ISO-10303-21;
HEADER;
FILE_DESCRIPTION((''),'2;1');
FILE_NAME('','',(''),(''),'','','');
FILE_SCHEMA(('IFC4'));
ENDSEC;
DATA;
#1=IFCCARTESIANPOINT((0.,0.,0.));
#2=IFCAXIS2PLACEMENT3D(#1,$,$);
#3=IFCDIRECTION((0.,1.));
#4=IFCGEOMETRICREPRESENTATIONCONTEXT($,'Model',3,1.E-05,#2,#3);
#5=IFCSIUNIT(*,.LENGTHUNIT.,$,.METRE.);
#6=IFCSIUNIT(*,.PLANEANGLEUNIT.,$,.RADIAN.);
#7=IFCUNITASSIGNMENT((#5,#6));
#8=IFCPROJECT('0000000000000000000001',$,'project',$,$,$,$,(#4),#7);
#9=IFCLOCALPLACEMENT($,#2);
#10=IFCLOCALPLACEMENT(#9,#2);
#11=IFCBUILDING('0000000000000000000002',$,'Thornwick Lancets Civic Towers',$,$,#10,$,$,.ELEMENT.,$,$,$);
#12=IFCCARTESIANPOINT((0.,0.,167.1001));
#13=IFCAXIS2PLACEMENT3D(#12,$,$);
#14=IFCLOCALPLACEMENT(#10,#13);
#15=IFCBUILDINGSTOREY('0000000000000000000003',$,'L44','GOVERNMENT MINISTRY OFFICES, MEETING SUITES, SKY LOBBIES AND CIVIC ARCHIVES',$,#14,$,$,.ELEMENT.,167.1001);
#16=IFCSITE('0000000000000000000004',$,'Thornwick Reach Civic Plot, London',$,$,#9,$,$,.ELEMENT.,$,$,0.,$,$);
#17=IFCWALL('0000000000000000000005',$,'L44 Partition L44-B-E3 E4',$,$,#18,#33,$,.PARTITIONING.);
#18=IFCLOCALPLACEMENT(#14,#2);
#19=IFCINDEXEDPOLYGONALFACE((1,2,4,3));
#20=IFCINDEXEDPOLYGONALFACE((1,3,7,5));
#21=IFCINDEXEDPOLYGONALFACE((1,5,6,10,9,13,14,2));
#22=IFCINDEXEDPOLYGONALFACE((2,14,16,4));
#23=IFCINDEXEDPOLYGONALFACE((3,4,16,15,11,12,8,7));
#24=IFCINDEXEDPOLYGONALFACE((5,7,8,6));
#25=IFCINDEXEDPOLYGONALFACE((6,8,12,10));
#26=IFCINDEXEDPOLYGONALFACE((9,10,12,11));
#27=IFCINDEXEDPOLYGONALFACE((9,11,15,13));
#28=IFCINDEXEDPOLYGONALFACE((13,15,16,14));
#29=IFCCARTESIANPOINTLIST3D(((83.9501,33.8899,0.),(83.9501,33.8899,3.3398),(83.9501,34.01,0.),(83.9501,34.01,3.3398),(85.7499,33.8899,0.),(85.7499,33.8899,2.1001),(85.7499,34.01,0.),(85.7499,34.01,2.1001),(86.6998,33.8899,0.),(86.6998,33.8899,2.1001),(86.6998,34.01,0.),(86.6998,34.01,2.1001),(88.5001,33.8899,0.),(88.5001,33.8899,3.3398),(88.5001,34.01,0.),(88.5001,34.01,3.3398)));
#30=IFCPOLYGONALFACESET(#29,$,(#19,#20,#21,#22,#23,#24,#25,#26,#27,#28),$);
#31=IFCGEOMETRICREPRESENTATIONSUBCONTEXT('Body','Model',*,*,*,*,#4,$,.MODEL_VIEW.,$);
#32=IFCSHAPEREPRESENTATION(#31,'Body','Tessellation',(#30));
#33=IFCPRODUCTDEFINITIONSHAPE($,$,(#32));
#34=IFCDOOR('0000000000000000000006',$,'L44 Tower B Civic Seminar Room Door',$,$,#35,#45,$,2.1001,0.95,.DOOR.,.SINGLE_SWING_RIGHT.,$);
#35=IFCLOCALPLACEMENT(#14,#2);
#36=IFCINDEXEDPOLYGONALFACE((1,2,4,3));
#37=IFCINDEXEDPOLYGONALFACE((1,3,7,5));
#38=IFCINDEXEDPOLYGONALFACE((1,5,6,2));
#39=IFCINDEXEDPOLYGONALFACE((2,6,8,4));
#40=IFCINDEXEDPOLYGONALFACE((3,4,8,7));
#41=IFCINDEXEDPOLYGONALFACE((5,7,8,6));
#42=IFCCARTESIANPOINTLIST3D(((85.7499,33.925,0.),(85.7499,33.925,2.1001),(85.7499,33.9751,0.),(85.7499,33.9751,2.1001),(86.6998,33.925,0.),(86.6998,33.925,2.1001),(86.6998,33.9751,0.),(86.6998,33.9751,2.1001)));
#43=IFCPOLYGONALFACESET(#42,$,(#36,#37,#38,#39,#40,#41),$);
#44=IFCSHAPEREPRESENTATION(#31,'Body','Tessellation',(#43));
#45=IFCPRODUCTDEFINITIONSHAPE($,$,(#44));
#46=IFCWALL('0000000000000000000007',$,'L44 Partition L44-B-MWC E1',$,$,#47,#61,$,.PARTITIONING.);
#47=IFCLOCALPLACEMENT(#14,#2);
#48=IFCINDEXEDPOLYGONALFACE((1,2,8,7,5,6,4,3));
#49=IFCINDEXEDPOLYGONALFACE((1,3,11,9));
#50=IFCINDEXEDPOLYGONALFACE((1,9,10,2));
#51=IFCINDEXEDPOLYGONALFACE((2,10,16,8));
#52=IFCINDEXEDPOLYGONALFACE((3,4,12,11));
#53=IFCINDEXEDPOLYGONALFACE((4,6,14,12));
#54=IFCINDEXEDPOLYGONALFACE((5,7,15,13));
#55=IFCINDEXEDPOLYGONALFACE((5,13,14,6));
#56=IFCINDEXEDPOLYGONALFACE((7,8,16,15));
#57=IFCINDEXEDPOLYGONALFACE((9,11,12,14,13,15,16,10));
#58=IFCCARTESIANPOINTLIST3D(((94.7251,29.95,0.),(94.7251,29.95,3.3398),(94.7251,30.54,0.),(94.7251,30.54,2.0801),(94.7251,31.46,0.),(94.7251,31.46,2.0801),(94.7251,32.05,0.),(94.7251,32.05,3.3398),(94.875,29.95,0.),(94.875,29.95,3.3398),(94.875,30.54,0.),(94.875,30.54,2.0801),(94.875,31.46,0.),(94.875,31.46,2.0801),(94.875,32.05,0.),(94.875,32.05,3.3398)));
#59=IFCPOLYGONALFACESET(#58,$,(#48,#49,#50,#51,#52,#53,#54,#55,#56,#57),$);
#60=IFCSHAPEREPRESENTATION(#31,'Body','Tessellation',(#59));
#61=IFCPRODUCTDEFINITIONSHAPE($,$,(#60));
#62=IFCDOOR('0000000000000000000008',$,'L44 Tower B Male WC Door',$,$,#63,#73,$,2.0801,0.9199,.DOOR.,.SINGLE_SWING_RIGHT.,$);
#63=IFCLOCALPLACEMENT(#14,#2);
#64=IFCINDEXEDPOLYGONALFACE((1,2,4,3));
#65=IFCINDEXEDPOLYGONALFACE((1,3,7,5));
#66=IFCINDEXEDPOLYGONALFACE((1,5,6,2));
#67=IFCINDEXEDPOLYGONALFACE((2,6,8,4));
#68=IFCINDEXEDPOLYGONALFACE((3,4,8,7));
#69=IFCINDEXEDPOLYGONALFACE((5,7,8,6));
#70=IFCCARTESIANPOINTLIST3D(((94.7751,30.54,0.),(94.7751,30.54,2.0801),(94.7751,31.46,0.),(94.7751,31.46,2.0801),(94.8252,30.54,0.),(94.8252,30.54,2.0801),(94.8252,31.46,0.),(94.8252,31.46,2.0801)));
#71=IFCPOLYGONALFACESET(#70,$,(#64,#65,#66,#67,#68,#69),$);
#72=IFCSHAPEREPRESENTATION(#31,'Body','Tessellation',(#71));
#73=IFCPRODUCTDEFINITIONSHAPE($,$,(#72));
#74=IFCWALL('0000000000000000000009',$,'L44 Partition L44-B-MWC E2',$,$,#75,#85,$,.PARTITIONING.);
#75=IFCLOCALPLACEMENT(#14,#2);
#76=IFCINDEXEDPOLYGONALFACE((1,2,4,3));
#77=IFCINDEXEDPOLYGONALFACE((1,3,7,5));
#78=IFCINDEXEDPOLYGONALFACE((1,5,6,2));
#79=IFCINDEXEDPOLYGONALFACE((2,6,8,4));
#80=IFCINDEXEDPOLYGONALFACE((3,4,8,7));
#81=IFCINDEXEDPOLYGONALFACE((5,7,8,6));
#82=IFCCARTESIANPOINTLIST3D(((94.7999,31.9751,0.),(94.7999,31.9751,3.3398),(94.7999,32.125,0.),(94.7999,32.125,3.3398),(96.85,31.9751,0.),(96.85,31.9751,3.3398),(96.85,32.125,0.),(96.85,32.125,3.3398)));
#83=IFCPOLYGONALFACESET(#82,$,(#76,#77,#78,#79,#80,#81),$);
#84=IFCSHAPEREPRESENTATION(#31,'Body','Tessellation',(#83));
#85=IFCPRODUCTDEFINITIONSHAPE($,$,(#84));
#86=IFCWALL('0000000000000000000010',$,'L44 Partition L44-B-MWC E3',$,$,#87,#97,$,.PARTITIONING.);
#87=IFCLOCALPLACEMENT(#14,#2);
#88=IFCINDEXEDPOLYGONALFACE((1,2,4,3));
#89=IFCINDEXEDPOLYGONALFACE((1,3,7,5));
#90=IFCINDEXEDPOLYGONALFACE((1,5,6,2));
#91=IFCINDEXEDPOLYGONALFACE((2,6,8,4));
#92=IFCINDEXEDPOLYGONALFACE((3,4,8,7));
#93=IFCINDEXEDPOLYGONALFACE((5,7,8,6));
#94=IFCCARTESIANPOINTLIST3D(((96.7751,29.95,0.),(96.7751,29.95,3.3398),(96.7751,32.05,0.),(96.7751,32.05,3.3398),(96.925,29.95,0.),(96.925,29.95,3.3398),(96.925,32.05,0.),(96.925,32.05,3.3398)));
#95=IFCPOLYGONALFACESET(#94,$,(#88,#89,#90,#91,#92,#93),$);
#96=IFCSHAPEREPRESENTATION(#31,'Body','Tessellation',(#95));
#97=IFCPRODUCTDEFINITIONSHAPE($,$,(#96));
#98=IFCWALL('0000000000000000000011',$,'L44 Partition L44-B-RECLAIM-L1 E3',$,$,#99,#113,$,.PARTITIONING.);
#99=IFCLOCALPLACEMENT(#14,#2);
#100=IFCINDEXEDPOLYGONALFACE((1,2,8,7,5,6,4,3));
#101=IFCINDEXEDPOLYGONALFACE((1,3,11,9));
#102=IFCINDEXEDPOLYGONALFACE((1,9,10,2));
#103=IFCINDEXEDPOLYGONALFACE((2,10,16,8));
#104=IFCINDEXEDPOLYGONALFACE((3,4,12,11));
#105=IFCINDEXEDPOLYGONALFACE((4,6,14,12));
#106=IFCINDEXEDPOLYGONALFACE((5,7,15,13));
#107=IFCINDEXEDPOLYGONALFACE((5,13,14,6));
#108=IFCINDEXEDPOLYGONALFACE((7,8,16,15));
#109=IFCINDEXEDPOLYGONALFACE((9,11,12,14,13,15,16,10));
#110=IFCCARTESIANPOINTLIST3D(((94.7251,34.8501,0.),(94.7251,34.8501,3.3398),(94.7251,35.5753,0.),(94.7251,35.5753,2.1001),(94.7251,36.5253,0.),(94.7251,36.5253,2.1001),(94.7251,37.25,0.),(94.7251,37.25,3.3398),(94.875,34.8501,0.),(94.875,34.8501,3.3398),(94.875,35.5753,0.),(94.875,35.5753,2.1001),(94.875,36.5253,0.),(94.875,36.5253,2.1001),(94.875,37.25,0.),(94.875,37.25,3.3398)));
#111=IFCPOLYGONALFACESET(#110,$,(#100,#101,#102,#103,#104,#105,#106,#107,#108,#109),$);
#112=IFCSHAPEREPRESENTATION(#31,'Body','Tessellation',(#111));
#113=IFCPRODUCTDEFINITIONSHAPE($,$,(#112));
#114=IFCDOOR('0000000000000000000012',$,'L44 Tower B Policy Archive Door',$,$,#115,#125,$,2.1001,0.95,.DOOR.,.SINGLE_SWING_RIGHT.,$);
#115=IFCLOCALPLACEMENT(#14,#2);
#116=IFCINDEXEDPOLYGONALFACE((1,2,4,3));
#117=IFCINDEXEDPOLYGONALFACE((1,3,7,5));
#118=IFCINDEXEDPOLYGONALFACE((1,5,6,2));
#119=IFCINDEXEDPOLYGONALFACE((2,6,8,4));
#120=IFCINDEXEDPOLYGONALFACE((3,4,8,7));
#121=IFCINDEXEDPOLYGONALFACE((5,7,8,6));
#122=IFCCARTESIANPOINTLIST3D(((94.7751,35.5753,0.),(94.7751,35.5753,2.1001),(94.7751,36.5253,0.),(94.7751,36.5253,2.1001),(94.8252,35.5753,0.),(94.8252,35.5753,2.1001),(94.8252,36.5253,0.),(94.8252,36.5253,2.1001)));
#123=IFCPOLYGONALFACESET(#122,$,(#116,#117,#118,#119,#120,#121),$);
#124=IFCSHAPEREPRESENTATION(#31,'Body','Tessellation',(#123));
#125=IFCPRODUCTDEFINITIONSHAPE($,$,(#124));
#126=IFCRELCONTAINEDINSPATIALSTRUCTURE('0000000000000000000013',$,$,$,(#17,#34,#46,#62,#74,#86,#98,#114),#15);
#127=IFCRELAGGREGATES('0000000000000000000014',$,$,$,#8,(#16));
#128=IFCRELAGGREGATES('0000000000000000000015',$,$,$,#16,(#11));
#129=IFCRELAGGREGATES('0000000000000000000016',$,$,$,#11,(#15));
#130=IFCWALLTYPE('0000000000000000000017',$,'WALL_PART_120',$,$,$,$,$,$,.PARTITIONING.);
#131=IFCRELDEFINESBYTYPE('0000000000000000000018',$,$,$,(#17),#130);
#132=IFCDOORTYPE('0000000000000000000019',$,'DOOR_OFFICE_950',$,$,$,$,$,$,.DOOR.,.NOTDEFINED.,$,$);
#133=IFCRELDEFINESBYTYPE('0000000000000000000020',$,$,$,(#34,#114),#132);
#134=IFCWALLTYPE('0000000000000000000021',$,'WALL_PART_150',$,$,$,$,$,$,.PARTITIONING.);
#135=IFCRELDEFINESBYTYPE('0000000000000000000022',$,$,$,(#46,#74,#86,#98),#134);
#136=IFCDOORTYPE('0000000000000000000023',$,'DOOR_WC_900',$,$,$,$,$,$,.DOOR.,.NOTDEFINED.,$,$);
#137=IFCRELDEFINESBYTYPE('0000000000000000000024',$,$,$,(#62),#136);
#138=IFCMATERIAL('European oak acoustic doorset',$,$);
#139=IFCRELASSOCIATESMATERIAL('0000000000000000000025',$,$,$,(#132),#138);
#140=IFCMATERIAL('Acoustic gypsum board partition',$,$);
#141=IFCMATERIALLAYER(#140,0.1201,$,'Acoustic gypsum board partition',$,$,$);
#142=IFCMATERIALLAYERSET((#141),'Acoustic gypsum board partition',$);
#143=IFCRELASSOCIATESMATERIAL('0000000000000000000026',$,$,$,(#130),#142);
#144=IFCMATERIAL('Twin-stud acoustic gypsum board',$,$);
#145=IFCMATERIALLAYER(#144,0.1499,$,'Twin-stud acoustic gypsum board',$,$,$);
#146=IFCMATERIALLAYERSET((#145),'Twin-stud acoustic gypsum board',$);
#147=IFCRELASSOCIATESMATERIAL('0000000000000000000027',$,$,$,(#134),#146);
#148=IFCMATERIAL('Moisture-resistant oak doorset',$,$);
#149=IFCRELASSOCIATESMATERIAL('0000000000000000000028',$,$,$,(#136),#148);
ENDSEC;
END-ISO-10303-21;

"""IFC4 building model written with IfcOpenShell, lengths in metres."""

from ifc_helpers import new_model, si_unit, direction, frame, frame_2d, origin, place, context, subcontext, project, spatial, rectangle, extrude, material, layer, layer_set, type_object, element, fill, save


model = new_model("IFC4")

# Units and contexts
model_context = context("Model", 3, precision=1e-05, world=origin(), true_north=direction((0.0, 1.0)))
body_context = subcontext(model_context, "Body", "Model", "MODEL_VIEW")
ifc_project = project(units=[si_unit("LENGTHUNIT", "METRE"), si_unit("PLANEANGLEUNIT", "RADIAN")], contexts=[model_context])

# Site, building, storey
site_placement = place(None, origin())
site = spatial("IfcSite", under=ifc_project, at=site_placement, Name="Thornwick Reach Civic Plot, London", CompositionType="ELEMENT", RefElevation=0.0)
building_placement = place(site_placement, origin())
building = spatial("IfcBuilding", under=site, at=building_placement, Name="Thornwick Lancets Civic Towers", CompositionType="ELEMENT")
storey_placement = place(building_placement, frame((0.0, 0.0, 167.1001)))
storey = spatial("IfcBuildingStorey", under=building, at=storey_placement, Name="L44", Description="GOVERNMENT MINISTRY OFFICES, MEETING SUITES, SKY LOBBIES AND CIVIC ARCHIVES", CompositionType="ELEMENT", Elevation=167.1001)

# Shared definitions
ifc_material_1 = material(Name="European oak acoustic doorset")
door_type_1 = type_object("IfcDoorType", Name="DOOR_OFFICE_950", OperationType="NOTDEFINED", PredefinedType="DOOR", material=ifc_material_1)

# Shared definitions
ifc_material_2 = material(Name="Acoustic gypsum board partition")
ifc_layer_1 = layer(ifc_material_2, 0.1201, Name="Acoustic gypsum board partition")
ifc_layer_set_1 = layer_set([ifc_layer_1], Name="Acoustic gypsum board partition")
wall_type_1 = type_object("IfcWallType", Name="WALL_PART_120", PredefinedType="PARTITIONING", material=ifc_layer_set_1)

# Walls, openings, doors
wall_1_placement = place(storey_placement, frame((88.5, 33.95, 0.0), z_axis=(0.0, 0.0, 1.0), x_axis=(-1.0, 0.0, 0.0)))
wall_1 = element("IfcWall", 1, at=wall_1_placement, inside=storey, type_object=wall_type_1, Name="L44 Partition L44-B-E3 E4", PredefinedType="PARTITIONING", context=body_context, shape_type="SweptSolid", body=[
    extrude(rectangle(XDim=4.55, YDim=0.1201, at=frame_2d((2.2749, 0.0))), origin(), (0.0, 0.0, 1.0), 3.3398),
])
opening_1_placement = place(wall_1_placement, frame((1.8, 0.0, 0.0)))
opening_1 = element("IfcOpeningElement", 2, at=opening_1_placement, cuts=wall_1, PredefinedType="OPENING", context=body_context, shape_type="SweptSolid", body=[
    extrude(rectangle(XDim=0.95, YDim=2.1001, at=frame_2d((0.4751, 1.05))), frame((0.0, 0.0701, 0.0), z_axis=(0.0, -1.0, 0.0), x_axis=(1.0, 0.0, 0.0)), (0.0, 0.0, 1.0), 0.1401),
])
door_1_placement = place(opening_1_placement, origin())
door_1 = element("IfcDoor", 3, at=door_1_placement, inside=storey, type_object=door_type_1, Name="L44 Tower B Civic Seminar Room Door", OperationType="SINGLE_SWING_RIGHT", OverallHeight=2.1001, OverallWidth=0.95, PredefinedType="DOOR", context=body_context, shape_type="SweptSolid", body=[
    extrude(rectangle(XDim=0.95, YDim=2.1001, at=frame_2d((0.4751, 1.05))), frame((0.0, 0.0249, 0.0), z_axis=(0.0, -1.0, 0.0), x_axis=(1.0, 0.0, 0.0)), (0.0, 0.0, 1.0), 0.05),
])
fill(opening_1, door_1)
ifc_material_3 = material(Name="Twin-stud acoustic gypsum board")
ifc_layer_2 = layer(ifc_material_3, 0.1499, Name="Twin-stud acoustic gypsum board")
ifc_layer_set_2 = layer_set([ifc_layer_2], Name="Twin-stud acoustic gypsum board")
wall_type_2 = type_object("IfcWallType", Name="WALL_PART_150", PredefinedType="PARTITIONING", material=ifc_layer_set_2)
wall_2_placement = place(storey_placement, frame((94.8, 29.95, 0.0), z_axis=(0.0, 0.0, 1.0), x_axis=(0.0, 1.0, 0.0)))
wall_2 = element("IfcWall", 4, at=wall_2_placement, inside=storey, type_object=wall_type_2, Name="L44 Partition L44-B-MWC E1", PredefinedType="PARTITIONING", context=body_context, shape_type="SweptSolid", body=[
    extrude(rectangle(XDim=2.1001, YDim=0.1499, at=frame_2d((1.05, 0.0))), origin(), (0.0, 0.0, 1.0), 3.3398),
])
opening_2_placement = place(wall_2_placement, frame((0.5901, 0.0, 0.0)))
opening_2 = element("IfcOpeningElement", 5, at=opening_2_placement, cuts=wall_2, PredefinedType="OPENING", context=body_context, shape_type="SweptSolid", body=[
    extrude(rectangle(XDim=0.9199, YDim=2.0801, at=frame_2d((0.46, 1.04))), frame((0.0, 0.085, 0.0), z_axis=(0.0, -1.0, 0.0), x_axis=(1.0, 0.0, 0.0)), (0.0, 0.0, 1.0), 0.1699),
])
ifc_material_4 = material(Name="Moisture-resistant oak doorset")
door_type_2 = type_object("IfcDoorType", Name="DOOR_WC_900", OperationType="NOTDEFINED", PredefinedType="DOOR", material=ifc_material_4)
door_2_placement = place(opening_2_placement, origin())
door_2 = element("IfcDoor", 6, at=door_2_placement, inside=storey, type_object=door_type_2, Name="L44 Tower B Male WC Door", OperationType="SINGLE_SWING_RIGHT", OverallHeight=2.0801, OverallWidth=0.9199, PredefinedType="DOOR", context=body_context, shape_type="SweptSolid", body=[
    extrude(rectangle(XDim=0.9199, YDim=2.0801, at=frame_2d((0.46, 1.04))), frame((0.0, 0.0249, 0.0), z_axis=(0.0, -1.0, 0.0), x_axis=(1.0, 0.0, 0.0)), (0.0, 0.0, 1.0), 0.05),
])
fill(opening_2, door_2)

# Walls
wall_3_placement = place(storey_placement, frame((94.8, 32.05, 0.0), z_axis=(0.0, 0.0, 1.0), x_axis=(1.0, 0.0, 0.0)))
element("IfcWall", 7, at=wall_3_placement, inside=storey, type_object=wall_type_2, Name="L44 Partition L44-B-MWC E2", PredefinedType="PARTITIONING", context=body_context, shape_type="SweptSolid", body=[
    extrude(rectangle(XDim=2.05, YDim=0.1499, at=frame_2d((1.0249, 0.0))), origin(), (0.0, 0.0, 1.0), 3.3398),
])
wall_4_placement = place(storey_placement, frame((96.8501, 32.05, 0.0), z_axis=(0.0, 0.0, 1.0), x_axis=(0.0, -1.0, 0.0)))
element("IfcWall", 8, at=wall_4_placement, inside=storey, type_object=wall_type_2, Name="L44 Partition L44-B-MWC E3", PredefinedType="PARTITIONING", context=body_context, shape_type="SweptSolid", body=[
    extrude(rectangle(XDim=2.1001, YDim=0.1499, at=frame_2d((1.05, 0.0))), origin(), (0.0, 0.0, 1.0), 3.3398),
])

# Wall, opening, door
wall_5_placement = place(storey_placement, frame((94.8, 34.8501, 0.0), z_axis=(0.0, 0.0, 1.0), x_axis=(0.0, 1.0, 0.0)))
wall_5 = element("IfcWall", 9, at=wall_5_placement, inside=storey, type_object=wall_type_2, Name="L44 Partition L44-B-RECLAIM-L1 E3", PredefinedType="PARTITIONING", context=body_context, shape_type="SweptSolid", body=[
    extrude(rectangle(XDim=2.3999, YDim=0.1499, at=frame_2d((1.2, 0.0))), origin(), (0.0, 0.0, 1.0), 3.3398),
])
opening_3_placement = place(wall_5_placement, frame((0.7251, 0.0, 0.0)))
opening_3 = element("IfcOpeningElement", 10, at=opening_3_placement, cuts=wall_5, PredefinedType="OPENING", context=body_context, shape_type="SweptSolid", body=[
    extrude(rectangle(XDim=0.95, YDim=2.1001, at=frame_2d((0.4751, 1.05))), frame((0.0, 0.085, 0.0), z_axis=(0.0, -1.0, 0.0), x_axis=(1.0, 0.0, 0.0)), (0.0, 0.0, 1.0), 0.1699),
])
door_3_placement = place(opening_3_placement, origin())
door_3 = element("IfcDoor", 11, at=door_3_placement, inside=storey, type_object=door_type_1, Name="L44 Tower B Policy Archive Door", OperationType="SINGLE_SWING_RIGHT", OverallHeight=2.1001, OverallWidth=0.95, PredefinedType="DOOR", context=body_context, shape_type="SweptSolid", body=[
    extrude(rectangle(XDim=0.95, YDim=2.1001, at=frame_2d((0.4751, 1.05))), frame((0.0, 0.0249, 0.0), z_axis=(0.0, -1.0, 0.0), x_axis=(1.0, 0.0, 0.0)), (0.0, 0.0, 1.0), 0.05),
])
fill(opening_3, door_3)

save(model, "model.ifc")
